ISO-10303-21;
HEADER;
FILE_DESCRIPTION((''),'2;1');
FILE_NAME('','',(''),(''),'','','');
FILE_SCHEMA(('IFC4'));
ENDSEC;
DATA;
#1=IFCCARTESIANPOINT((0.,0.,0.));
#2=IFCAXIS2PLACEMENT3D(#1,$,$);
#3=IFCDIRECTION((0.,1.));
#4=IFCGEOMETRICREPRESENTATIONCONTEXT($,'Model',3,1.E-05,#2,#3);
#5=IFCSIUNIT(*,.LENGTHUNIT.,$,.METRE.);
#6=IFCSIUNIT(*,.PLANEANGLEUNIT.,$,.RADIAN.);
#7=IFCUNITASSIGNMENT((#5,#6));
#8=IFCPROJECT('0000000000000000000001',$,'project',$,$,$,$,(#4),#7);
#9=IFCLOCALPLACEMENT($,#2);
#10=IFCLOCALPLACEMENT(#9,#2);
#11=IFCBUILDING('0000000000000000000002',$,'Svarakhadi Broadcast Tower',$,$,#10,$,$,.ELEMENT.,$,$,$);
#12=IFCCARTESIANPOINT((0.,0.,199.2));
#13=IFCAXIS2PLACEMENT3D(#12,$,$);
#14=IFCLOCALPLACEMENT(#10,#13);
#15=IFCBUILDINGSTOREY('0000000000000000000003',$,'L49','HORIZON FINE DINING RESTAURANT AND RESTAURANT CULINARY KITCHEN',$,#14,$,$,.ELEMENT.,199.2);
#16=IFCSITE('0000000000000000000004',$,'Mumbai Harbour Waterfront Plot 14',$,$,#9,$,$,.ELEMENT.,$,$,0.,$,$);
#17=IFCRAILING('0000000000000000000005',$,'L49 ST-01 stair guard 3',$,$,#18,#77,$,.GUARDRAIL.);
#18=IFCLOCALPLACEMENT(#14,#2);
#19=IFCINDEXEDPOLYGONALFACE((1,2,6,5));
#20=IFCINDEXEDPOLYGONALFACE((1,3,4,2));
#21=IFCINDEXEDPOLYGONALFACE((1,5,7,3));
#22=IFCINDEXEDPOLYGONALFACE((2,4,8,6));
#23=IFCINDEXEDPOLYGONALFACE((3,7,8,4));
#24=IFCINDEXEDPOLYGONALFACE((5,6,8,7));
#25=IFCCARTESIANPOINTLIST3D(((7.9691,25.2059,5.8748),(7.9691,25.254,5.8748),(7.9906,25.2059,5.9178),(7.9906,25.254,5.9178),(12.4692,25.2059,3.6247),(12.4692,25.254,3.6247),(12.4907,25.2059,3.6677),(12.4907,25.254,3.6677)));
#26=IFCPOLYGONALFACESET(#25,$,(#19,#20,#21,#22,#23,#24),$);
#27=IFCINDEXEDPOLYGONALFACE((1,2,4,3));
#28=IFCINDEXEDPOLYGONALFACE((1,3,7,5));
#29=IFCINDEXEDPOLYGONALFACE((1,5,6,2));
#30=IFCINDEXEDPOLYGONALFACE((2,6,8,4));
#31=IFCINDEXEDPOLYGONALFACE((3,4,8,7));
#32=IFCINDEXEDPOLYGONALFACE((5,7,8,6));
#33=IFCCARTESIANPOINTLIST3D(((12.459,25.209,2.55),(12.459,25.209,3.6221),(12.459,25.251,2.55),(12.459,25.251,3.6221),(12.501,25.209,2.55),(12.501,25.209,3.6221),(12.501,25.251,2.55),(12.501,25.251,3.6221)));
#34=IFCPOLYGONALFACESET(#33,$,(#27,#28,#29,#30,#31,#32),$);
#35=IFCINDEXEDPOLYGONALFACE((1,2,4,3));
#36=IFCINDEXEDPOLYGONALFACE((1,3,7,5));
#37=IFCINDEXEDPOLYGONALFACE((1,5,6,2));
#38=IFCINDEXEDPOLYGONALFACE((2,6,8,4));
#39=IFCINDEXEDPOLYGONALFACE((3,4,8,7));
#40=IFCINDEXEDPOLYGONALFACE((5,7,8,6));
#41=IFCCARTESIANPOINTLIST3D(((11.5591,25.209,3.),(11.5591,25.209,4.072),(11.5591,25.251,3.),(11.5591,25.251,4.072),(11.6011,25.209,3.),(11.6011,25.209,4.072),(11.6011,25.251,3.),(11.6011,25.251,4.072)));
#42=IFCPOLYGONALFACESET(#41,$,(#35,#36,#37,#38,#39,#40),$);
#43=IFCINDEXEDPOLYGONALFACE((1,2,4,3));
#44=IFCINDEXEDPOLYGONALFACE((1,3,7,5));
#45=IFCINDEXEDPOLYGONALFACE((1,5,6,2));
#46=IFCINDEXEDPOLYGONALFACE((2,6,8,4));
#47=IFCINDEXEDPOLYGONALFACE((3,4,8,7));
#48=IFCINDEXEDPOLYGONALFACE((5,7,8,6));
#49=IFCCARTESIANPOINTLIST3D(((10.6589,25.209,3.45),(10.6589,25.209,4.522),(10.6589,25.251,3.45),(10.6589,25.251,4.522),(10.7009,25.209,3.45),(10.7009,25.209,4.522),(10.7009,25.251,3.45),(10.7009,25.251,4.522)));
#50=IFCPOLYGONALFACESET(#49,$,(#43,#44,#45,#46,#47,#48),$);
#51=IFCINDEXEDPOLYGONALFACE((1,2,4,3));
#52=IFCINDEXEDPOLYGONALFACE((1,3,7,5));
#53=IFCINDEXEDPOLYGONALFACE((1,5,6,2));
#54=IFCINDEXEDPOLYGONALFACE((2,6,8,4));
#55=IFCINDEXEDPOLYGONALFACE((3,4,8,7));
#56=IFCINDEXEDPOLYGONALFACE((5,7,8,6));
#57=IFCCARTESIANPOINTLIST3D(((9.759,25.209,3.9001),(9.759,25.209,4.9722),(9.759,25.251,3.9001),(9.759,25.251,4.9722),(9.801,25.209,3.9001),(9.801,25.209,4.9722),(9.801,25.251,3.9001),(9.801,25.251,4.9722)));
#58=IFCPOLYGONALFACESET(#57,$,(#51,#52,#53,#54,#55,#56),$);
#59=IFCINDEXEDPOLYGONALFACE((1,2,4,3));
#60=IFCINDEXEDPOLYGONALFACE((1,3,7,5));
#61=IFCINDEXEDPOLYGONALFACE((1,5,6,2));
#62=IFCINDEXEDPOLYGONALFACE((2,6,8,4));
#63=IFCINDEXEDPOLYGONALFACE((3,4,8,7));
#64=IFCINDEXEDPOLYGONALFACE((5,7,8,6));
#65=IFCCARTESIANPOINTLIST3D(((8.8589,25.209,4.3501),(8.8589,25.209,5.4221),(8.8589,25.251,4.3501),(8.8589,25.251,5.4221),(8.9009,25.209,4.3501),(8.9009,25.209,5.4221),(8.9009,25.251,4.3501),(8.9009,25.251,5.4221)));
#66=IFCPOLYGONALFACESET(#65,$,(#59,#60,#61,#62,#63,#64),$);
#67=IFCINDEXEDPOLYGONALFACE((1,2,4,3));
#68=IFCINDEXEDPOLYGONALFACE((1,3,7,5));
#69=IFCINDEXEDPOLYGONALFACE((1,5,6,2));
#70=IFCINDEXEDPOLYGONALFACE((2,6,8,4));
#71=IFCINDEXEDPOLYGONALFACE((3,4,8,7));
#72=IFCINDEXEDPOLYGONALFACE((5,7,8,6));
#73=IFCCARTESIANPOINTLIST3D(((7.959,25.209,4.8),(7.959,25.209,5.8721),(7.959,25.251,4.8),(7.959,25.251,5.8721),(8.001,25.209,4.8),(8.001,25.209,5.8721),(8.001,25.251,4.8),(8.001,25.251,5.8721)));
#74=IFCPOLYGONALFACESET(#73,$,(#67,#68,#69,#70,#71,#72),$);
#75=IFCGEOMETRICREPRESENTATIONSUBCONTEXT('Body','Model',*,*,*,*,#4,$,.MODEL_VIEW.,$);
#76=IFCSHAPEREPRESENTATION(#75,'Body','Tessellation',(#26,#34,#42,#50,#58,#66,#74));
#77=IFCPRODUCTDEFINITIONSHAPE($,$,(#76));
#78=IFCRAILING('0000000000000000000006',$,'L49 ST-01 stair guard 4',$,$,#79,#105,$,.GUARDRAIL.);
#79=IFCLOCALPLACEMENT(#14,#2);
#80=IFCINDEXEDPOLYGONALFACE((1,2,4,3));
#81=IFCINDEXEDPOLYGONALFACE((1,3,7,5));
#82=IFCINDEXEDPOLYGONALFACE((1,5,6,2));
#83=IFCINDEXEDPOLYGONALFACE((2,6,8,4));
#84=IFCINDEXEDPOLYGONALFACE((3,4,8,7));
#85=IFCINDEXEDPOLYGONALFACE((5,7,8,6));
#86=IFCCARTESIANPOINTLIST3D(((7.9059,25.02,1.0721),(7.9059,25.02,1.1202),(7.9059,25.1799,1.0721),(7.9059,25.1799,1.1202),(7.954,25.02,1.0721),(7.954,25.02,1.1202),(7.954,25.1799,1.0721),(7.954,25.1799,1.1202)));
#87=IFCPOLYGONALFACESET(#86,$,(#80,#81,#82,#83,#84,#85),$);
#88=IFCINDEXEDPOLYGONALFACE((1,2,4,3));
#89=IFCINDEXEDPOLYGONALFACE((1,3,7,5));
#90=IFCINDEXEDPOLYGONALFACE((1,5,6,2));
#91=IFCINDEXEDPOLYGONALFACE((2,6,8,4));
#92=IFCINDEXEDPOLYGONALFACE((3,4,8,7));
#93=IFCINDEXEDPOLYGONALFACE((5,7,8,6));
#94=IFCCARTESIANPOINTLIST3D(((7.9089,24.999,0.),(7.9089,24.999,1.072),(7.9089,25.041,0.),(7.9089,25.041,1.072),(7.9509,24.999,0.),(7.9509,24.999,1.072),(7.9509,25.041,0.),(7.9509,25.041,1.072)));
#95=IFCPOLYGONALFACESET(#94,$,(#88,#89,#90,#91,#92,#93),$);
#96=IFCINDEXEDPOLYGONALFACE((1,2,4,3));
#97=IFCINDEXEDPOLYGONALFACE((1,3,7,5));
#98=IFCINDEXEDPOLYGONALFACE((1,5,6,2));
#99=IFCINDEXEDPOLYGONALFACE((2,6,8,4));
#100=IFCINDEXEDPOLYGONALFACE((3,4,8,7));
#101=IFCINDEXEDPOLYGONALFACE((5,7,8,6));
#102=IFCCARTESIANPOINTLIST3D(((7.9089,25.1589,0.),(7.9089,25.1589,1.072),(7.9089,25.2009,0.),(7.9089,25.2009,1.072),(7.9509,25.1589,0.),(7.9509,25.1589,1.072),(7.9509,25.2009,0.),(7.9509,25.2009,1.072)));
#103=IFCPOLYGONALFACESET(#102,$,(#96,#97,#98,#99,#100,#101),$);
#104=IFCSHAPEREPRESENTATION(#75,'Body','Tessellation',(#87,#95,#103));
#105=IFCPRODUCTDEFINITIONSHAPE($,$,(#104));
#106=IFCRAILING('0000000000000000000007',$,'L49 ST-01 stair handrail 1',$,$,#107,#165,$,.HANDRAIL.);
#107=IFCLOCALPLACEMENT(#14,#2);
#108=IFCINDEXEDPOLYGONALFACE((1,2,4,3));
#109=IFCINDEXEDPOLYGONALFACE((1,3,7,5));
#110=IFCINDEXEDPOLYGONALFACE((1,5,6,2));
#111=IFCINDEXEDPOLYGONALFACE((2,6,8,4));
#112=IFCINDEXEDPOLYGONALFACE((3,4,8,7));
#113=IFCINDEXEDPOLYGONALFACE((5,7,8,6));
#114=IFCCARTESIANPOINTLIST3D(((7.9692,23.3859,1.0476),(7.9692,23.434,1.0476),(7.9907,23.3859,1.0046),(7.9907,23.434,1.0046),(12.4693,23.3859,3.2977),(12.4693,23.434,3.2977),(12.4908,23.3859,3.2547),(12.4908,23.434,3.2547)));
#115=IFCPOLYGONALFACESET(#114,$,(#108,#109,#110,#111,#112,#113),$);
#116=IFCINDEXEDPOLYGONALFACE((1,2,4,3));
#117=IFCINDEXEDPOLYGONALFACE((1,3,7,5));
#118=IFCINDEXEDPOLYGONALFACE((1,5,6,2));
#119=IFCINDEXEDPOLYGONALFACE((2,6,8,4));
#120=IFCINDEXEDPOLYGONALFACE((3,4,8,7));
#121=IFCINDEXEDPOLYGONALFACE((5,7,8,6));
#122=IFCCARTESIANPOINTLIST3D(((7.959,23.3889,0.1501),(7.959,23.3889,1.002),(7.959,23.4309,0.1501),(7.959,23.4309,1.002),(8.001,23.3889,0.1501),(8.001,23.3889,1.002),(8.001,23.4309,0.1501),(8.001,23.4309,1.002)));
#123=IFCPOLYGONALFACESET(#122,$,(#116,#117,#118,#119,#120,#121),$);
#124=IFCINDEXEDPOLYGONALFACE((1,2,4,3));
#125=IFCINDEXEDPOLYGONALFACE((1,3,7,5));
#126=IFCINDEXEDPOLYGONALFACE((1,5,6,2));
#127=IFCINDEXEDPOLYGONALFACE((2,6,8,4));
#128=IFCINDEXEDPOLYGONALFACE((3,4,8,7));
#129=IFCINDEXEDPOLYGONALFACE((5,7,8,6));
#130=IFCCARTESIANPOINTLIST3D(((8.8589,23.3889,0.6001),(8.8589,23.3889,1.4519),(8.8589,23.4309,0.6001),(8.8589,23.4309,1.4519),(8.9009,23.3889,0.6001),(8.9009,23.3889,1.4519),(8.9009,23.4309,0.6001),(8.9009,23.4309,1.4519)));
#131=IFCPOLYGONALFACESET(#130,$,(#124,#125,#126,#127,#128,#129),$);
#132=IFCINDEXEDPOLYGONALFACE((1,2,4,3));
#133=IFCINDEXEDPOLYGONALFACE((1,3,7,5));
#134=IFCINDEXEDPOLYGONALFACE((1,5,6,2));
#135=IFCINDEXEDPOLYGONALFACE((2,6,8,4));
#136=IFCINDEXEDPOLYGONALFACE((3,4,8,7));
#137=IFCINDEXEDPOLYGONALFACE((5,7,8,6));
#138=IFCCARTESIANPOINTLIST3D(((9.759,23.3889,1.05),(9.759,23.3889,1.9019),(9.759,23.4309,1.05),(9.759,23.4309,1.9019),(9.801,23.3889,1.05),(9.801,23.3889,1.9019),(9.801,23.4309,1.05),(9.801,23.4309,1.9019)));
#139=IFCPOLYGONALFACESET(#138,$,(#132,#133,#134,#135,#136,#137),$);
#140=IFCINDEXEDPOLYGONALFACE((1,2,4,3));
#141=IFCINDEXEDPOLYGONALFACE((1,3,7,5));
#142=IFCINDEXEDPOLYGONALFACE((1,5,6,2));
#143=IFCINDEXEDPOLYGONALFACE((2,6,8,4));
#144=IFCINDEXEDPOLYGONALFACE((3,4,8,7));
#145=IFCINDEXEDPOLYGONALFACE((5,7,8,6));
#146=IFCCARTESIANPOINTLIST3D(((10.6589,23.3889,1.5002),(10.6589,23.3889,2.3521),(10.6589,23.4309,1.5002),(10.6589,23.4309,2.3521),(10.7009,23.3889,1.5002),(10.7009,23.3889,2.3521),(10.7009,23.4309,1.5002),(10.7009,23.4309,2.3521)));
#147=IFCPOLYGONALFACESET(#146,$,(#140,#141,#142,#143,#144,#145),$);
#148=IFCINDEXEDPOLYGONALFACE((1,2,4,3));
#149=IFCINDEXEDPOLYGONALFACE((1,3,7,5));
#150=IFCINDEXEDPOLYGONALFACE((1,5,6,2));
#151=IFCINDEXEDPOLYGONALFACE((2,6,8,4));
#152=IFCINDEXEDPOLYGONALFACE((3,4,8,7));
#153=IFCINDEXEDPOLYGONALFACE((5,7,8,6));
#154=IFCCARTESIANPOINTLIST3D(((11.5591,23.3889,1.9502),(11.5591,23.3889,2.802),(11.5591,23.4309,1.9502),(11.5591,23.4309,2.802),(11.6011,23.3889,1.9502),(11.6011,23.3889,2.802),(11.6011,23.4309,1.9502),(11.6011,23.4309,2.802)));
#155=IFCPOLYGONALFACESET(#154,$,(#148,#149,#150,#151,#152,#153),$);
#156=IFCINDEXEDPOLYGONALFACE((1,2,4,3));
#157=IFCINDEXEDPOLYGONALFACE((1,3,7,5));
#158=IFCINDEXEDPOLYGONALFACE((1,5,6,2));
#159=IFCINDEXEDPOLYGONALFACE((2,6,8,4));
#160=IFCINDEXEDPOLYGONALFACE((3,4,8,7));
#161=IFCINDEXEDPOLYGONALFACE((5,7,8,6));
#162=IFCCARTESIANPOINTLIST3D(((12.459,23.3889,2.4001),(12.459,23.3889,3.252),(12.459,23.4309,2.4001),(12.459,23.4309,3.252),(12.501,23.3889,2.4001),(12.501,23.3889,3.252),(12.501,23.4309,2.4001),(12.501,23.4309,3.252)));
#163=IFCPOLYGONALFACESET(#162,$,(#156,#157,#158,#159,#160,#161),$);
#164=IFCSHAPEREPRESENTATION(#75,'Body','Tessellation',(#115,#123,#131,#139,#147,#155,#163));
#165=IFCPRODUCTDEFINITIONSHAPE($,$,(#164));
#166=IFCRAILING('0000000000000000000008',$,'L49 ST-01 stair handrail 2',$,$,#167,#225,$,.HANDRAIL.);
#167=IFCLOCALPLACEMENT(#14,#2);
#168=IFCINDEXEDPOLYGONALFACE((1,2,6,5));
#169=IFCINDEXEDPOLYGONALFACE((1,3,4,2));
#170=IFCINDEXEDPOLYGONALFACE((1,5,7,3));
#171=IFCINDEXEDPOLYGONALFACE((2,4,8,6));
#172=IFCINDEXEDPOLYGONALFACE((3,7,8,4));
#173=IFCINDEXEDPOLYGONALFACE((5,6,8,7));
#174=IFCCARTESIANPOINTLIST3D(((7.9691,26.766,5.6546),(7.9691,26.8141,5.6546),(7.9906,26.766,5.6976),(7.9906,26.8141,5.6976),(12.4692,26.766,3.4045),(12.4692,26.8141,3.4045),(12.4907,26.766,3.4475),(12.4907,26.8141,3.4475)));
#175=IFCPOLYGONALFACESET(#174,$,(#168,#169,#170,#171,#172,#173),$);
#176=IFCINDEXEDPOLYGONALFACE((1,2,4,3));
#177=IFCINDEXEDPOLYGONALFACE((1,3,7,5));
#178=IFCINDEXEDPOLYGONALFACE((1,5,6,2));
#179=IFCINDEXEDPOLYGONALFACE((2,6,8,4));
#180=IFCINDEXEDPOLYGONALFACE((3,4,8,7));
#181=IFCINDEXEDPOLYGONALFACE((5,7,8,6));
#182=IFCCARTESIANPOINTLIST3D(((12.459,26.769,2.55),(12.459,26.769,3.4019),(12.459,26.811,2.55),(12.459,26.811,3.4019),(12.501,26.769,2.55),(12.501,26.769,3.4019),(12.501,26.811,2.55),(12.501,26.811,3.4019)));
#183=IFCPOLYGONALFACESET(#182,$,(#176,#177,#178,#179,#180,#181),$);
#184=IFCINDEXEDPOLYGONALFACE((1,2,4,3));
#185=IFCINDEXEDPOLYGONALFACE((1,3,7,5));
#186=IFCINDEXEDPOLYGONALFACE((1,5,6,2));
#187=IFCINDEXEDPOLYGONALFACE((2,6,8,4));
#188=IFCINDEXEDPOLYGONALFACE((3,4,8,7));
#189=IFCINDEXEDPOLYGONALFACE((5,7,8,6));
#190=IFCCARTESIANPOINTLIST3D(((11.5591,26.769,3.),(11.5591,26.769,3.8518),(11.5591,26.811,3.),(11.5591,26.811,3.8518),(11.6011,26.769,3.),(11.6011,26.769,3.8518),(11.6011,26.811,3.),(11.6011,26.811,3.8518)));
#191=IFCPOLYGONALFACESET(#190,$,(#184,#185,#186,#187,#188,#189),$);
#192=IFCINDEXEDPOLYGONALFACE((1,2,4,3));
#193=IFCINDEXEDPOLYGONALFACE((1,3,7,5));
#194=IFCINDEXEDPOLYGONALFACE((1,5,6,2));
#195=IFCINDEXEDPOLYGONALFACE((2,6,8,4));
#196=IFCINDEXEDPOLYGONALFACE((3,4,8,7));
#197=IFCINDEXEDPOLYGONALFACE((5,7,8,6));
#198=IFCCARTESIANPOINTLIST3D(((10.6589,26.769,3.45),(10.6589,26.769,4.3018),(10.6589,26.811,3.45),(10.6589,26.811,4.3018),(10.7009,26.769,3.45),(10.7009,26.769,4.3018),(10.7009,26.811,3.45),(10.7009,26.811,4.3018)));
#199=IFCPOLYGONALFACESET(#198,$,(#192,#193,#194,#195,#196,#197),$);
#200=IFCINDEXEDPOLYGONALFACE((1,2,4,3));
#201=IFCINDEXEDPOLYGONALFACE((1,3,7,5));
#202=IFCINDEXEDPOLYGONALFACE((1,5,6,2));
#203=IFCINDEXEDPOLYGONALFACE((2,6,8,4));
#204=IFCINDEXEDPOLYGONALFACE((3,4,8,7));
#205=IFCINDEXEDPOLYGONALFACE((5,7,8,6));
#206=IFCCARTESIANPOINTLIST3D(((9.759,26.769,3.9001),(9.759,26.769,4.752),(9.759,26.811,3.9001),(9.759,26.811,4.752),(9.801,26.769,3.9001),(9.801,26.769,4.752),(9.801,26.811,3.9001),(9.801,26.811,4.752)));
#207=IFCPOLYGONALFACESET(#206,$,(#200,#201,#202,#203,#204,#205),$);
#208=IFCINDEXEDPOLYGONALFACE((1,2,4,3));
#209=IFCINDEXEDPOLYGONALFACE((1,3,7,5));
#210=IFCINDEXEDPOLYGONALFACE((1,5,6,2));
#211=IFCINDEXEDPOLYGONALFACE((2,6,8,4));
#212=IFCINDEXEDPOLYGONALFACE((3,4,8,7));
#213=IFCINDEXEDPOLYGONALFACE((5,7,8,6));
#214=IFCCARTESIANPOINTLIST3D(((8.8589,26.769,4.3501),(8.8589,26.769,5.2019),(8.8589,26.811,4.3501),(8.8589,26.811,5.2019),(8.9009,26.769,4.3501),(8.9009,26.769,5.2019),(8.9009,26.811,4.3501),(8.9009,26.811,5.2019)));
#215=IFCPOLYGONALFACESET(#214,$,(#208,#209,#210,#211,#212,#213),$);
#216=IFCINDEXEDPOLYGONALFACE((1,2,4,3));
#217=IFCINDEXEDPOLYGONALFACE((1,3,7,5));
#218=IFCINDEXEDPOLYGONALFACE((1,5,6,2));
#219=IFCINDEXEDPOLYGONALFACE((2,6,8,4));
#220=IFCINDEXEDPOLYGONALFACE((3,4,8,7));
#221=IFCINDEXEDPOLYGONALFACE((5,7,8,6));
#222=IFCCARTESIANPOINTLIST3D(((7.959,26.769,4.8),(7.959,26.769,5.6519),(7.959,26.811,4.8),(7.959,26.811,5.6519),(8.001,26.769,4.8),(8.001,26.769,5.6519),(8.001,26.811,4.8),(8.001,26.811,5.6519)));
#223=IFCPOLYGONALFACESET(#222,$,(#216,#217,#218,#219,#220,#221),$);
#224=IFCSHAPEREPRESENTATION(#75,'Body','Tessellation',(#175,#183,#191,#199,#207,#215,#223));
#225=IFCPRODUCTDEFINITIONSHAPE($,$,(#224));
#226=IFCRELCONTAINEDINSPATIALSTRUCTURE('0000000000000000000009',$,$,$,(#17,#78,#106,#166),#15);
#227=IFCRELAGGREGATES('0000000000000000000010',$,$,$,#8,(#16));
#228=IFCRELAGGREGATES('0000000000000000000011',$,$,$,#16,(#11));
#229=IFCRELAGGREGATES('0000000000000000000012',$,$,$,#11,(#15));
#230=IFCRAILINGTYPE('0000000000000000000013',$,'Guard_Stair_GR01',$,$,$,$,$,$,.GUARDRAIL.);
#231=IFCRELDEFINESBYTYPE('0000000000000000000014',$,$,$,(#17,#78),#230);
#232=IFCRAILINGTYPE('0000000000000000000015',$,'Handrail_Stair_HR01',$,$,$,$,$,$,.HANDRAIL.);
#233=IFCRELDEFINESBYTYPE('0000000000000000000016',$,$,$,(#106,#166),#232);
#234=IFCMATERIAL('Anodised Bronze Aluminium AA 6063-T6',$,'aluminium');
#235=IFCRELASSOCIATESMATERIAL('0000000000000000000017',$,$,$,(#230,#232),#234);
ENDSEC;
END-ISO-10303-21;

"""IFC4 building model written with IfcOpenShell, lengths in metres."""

from ifc_helpers import new_model, si_unit, direction, frame, origin, origin_2d, place, context, subcontext, project, spatial, rectangle, extrude, material, type_object, element, save


model = new_model("IFC4")

# Units and contexts
model_context = context("Model", 3, precision=1e-05, world=origin(), true_north=direction((0.0, 1.0)))
body_context = subcontext(model_context, "Body", "Model", "MODEL_VIEW")
ifc_project = project(units=[si_unit("LENGTHUNIT", "METRE"), si_unit("PLANEANGLEUNIT", "RADIAN")], contexts=[model_context])

# Site, building, storey
site_placement = place(None, origin())
site = spatial("IfcSite", under=ifc_project, at=site_placement, Name="Mumbai Harbour Waterfront Plot 14", CompositionType="ELEMENT", RefElevation=0.0)
building_placement = place(site_placement, origin())
building = spatial("IfcBuilding", under=site, at=building_placement, Name="Svarakhadi Broadcast Tower", CompositionType="ELEMENT")
storey_placement = place(building_placement, frame((0.0, 0.0, 199.2)))
storey = spatial("IfcBuildingStorey", under=building, at=storey_placement, Name="L49", Description="HORIZON FINE DINING RESTAURANT AND RESTAURANT CULINARY KITCHEN", CompositionType="ELEMENT", Elevation=199.2)

# Railings
ifc_material_1 = material(Name="Anodised Bronze Aluminium AA 6063-T6", Category="aluminium")
railing_type_1 = type_object("IfcRailingType", Name="Guard_Stair_GR01", PredefinedType="GUARDRAIL", material=ifc_material_1)
railing_1_placement = place(storey_placement, frame((12.48, 25.23, 2.55)))
element("IfcRailing", 1, at=railing_1_placement, inside=storey, type_object=railing_type_1, Name="L49 ST-01 stair guard 3", PredefinedType="GUARDRAIL", context=body_context, shape_type="SweptSolid", body=[
    extrude(rectangle(XDim=0.0481, YDim=0.0481, at=origin_2d()), frame((0.0, 0.0, 1.0962), z_axis=(-0.894427, 0.0, 0.447214), x_axis=(0.0, -1.0, 0.0)), (0.0, 0.0, 1.0), 5.0312),
    extrude(rectangle(XDim=0.042, YDim=0.042, at=origin_2d()), origin(), (0.0, 0.0, 1.0), 1.072),
    extrude(rectangle(XDim=0.042, YDim=0.042, at=origin_2d()), frame((-0.8999, 0.0, 0.45)), (0.0, 0.0, 1.0), 1.072),
    extrude(rectangle(XDim=0.042, YDim=0.042, at=origin_2d()), frame((-1.8, 0.0, 0.8999)), (0.0, 0.0, 1.0), 1.072),
    extrude(rectangle(XDim=0.042, YDim=0.042, at=origin_2d()), frame((-2.7, 0.0, 1.3501)), (0.0, 0.0, 1.0), 1.072),
    extrude(rectangle(XDim=0.042, YDim=0.042, at=origin_2d()), frame((-3.6001, 0.0, 1.8)), (0.0, 0.0, 1.0), 1.072),
    extrude(rectangle(XDim=0.042, YDim=0.042, at=origin_2d()), frame((-4.5, 0.0, 2.25)), (0.0, 0.0, 1.0), 1.072),
])
railing_2_placement = place(storey_placement, frame((7.9299, 25.02, 0.0)))
element("IfcRailing", 2, at=railing_2_placement, inside=storey, type_object=railing_type_1, Name="L49 ST-01 stair guard 4", PredefinedType="GUARDRAIL", context=body_context, shape_type="SweptSolid", body=[
    extrude(rectangle(XDim=0.0481, YDim=0.0481, at=origin_2d()), frame((0.0, 0.0, 1.0962), z_axis=(0.0, 1.0, 0.0), x_axis=(-1.0, 0.0, 0.0)), (0.0, 0.0, 1.0), 0.1599),
    extrude(rectangle(XDim=0.042, YDim=0.042, at=origin_2d()), origin(), (0.0, 0.0, 1.0), 1.072),
    extrude(rectangle(XDim=0.042, YDim=0.042, at=origin_2d()), frame((0.0, 0.1599, 0.0)), (0.0, 0.0, 1.0), 1.072),
])
railing_type_2 = type_object("IfcRailingType", Name="Handrail_Stair_HR01", PredefinedType="HANDRAIL", material=ifc_material_1)
railing_3_placement = place(storey_placement, frame((7.98, 23.4099, 0.1501)))
element("IfcRailing", 3, at=railing_3_placement, inside=storey, type_object=railing_type_2, Name="L49 ST-01 stair handrail 1", PredefinedType="HANDRAIL", context=body_context, shape_type="SweptSolid", body=[
    extrude(rectangle(XDim=0.0481, YDim=0.0481, at=origin_2d()), frame((0.0, 0.0, 0.876), z_axis=(0.894427, 0.0, 0.447214), x_axis=(0.0, 1.0, 0.0)), (0.0, 0.0, 1.0), 5.0312),
    extrude(rectangle(XDim=0.042, YDim=0.042, at=origin_2d()), origin(), (0.0, 0.0, 1.0), 0.8518),
    extrude(rectangle(XDim=0.042, YDim=0.042, at=origin_2d()), frame((0.8999, 0.0, 0.45)), (0.0, 0.0, 1.0), 0.8518),
    extrude(rectangle(XDim=0.042, YDim=0.042, at=origin_2d()), frame((1.8, 0.0, 0.8999)), (0.0, 0.0, 1.0), 0.8518),
    extrude(rectangle(XDim=0.042, YDim=0.042, at=origin_2d()), frame((2.7, 0.0, 1.3501)), (0.0, 0.0, 1.0), 0.8518),
    extrude(rectangle(XDim=0.042, YDim=0.042, at=origin_2d()), frame((3.6001, 0.0, 1.8)), (0.0, 0.0, 1.0), 0.8518),
    extrude(rectangle(XDim=0.042, YDim=0.042, at=origin_2d()), frame((4.5, 0.0, 2.25)), (0.0, 0.0, 1.0), 0.8518),
])
railing_4_placement = place(storey_placement, frame((12.48, 26.79, 2.55)))
element("IfcRailing", 4, at=railing_4_placement, inside=storey, type_object=railing_type_2, Name="L49 ST-01 stair handrail 2", PredefinedType="HANDRAIL", context=body_context, shape_type="SweptSolid", body=[
    extrude(rectangle(XDim=0.0481, YDim=0.0481, at=origin_2d()), frame((0.0, 0.0, 0.876), z_axis=(-0.894427, 0.0, 0.447214), x_axis=(0.0, -1.0, 0.0)), (0.0, 0.0, 1.0), 5.0312),
    extrude(rectangle(XDim=0.042, YDim=0.042, at=origin_2d()), origin(), (0.0, 0.0, 1.0), 0.8518),
    extrude(rectangle(XDim=0.042, YDim=0.042, at=origin_2d()), frame((-0.8999, 0.0, 0.45)), (0.0, 0.0, 1.0), 0.8518),
    extrude(rectangle(XDim=0.042, YDim=0.042, at=origin_2d()), frame((-1.8, 0.0, 0.8999)), (0.0, 0.0, 1.0), 0.8518),
    extrude(rectangle(XDim=0.042, YDim=0.042, at=origin_2d()), frame((-2.7, 0.0, 1.3501)), (0.0, 0.0, 1.0), 0.8518),
    extrude(rectangle(XDim=0.042, YDim=0.042, at=origin_2d()), frame((-3.6001, 0.0, 1.8)), (0.0, 0.0, 1.0), 0.8518),
    extrude(rectangle(XDim=0.042, YDim=0.042, at=origin_2d()), frame((-4.5, 0.0, 2.25)), (0.0, 0.0, 1.0), 0.8518),
])

save(model, "model.ifc")
